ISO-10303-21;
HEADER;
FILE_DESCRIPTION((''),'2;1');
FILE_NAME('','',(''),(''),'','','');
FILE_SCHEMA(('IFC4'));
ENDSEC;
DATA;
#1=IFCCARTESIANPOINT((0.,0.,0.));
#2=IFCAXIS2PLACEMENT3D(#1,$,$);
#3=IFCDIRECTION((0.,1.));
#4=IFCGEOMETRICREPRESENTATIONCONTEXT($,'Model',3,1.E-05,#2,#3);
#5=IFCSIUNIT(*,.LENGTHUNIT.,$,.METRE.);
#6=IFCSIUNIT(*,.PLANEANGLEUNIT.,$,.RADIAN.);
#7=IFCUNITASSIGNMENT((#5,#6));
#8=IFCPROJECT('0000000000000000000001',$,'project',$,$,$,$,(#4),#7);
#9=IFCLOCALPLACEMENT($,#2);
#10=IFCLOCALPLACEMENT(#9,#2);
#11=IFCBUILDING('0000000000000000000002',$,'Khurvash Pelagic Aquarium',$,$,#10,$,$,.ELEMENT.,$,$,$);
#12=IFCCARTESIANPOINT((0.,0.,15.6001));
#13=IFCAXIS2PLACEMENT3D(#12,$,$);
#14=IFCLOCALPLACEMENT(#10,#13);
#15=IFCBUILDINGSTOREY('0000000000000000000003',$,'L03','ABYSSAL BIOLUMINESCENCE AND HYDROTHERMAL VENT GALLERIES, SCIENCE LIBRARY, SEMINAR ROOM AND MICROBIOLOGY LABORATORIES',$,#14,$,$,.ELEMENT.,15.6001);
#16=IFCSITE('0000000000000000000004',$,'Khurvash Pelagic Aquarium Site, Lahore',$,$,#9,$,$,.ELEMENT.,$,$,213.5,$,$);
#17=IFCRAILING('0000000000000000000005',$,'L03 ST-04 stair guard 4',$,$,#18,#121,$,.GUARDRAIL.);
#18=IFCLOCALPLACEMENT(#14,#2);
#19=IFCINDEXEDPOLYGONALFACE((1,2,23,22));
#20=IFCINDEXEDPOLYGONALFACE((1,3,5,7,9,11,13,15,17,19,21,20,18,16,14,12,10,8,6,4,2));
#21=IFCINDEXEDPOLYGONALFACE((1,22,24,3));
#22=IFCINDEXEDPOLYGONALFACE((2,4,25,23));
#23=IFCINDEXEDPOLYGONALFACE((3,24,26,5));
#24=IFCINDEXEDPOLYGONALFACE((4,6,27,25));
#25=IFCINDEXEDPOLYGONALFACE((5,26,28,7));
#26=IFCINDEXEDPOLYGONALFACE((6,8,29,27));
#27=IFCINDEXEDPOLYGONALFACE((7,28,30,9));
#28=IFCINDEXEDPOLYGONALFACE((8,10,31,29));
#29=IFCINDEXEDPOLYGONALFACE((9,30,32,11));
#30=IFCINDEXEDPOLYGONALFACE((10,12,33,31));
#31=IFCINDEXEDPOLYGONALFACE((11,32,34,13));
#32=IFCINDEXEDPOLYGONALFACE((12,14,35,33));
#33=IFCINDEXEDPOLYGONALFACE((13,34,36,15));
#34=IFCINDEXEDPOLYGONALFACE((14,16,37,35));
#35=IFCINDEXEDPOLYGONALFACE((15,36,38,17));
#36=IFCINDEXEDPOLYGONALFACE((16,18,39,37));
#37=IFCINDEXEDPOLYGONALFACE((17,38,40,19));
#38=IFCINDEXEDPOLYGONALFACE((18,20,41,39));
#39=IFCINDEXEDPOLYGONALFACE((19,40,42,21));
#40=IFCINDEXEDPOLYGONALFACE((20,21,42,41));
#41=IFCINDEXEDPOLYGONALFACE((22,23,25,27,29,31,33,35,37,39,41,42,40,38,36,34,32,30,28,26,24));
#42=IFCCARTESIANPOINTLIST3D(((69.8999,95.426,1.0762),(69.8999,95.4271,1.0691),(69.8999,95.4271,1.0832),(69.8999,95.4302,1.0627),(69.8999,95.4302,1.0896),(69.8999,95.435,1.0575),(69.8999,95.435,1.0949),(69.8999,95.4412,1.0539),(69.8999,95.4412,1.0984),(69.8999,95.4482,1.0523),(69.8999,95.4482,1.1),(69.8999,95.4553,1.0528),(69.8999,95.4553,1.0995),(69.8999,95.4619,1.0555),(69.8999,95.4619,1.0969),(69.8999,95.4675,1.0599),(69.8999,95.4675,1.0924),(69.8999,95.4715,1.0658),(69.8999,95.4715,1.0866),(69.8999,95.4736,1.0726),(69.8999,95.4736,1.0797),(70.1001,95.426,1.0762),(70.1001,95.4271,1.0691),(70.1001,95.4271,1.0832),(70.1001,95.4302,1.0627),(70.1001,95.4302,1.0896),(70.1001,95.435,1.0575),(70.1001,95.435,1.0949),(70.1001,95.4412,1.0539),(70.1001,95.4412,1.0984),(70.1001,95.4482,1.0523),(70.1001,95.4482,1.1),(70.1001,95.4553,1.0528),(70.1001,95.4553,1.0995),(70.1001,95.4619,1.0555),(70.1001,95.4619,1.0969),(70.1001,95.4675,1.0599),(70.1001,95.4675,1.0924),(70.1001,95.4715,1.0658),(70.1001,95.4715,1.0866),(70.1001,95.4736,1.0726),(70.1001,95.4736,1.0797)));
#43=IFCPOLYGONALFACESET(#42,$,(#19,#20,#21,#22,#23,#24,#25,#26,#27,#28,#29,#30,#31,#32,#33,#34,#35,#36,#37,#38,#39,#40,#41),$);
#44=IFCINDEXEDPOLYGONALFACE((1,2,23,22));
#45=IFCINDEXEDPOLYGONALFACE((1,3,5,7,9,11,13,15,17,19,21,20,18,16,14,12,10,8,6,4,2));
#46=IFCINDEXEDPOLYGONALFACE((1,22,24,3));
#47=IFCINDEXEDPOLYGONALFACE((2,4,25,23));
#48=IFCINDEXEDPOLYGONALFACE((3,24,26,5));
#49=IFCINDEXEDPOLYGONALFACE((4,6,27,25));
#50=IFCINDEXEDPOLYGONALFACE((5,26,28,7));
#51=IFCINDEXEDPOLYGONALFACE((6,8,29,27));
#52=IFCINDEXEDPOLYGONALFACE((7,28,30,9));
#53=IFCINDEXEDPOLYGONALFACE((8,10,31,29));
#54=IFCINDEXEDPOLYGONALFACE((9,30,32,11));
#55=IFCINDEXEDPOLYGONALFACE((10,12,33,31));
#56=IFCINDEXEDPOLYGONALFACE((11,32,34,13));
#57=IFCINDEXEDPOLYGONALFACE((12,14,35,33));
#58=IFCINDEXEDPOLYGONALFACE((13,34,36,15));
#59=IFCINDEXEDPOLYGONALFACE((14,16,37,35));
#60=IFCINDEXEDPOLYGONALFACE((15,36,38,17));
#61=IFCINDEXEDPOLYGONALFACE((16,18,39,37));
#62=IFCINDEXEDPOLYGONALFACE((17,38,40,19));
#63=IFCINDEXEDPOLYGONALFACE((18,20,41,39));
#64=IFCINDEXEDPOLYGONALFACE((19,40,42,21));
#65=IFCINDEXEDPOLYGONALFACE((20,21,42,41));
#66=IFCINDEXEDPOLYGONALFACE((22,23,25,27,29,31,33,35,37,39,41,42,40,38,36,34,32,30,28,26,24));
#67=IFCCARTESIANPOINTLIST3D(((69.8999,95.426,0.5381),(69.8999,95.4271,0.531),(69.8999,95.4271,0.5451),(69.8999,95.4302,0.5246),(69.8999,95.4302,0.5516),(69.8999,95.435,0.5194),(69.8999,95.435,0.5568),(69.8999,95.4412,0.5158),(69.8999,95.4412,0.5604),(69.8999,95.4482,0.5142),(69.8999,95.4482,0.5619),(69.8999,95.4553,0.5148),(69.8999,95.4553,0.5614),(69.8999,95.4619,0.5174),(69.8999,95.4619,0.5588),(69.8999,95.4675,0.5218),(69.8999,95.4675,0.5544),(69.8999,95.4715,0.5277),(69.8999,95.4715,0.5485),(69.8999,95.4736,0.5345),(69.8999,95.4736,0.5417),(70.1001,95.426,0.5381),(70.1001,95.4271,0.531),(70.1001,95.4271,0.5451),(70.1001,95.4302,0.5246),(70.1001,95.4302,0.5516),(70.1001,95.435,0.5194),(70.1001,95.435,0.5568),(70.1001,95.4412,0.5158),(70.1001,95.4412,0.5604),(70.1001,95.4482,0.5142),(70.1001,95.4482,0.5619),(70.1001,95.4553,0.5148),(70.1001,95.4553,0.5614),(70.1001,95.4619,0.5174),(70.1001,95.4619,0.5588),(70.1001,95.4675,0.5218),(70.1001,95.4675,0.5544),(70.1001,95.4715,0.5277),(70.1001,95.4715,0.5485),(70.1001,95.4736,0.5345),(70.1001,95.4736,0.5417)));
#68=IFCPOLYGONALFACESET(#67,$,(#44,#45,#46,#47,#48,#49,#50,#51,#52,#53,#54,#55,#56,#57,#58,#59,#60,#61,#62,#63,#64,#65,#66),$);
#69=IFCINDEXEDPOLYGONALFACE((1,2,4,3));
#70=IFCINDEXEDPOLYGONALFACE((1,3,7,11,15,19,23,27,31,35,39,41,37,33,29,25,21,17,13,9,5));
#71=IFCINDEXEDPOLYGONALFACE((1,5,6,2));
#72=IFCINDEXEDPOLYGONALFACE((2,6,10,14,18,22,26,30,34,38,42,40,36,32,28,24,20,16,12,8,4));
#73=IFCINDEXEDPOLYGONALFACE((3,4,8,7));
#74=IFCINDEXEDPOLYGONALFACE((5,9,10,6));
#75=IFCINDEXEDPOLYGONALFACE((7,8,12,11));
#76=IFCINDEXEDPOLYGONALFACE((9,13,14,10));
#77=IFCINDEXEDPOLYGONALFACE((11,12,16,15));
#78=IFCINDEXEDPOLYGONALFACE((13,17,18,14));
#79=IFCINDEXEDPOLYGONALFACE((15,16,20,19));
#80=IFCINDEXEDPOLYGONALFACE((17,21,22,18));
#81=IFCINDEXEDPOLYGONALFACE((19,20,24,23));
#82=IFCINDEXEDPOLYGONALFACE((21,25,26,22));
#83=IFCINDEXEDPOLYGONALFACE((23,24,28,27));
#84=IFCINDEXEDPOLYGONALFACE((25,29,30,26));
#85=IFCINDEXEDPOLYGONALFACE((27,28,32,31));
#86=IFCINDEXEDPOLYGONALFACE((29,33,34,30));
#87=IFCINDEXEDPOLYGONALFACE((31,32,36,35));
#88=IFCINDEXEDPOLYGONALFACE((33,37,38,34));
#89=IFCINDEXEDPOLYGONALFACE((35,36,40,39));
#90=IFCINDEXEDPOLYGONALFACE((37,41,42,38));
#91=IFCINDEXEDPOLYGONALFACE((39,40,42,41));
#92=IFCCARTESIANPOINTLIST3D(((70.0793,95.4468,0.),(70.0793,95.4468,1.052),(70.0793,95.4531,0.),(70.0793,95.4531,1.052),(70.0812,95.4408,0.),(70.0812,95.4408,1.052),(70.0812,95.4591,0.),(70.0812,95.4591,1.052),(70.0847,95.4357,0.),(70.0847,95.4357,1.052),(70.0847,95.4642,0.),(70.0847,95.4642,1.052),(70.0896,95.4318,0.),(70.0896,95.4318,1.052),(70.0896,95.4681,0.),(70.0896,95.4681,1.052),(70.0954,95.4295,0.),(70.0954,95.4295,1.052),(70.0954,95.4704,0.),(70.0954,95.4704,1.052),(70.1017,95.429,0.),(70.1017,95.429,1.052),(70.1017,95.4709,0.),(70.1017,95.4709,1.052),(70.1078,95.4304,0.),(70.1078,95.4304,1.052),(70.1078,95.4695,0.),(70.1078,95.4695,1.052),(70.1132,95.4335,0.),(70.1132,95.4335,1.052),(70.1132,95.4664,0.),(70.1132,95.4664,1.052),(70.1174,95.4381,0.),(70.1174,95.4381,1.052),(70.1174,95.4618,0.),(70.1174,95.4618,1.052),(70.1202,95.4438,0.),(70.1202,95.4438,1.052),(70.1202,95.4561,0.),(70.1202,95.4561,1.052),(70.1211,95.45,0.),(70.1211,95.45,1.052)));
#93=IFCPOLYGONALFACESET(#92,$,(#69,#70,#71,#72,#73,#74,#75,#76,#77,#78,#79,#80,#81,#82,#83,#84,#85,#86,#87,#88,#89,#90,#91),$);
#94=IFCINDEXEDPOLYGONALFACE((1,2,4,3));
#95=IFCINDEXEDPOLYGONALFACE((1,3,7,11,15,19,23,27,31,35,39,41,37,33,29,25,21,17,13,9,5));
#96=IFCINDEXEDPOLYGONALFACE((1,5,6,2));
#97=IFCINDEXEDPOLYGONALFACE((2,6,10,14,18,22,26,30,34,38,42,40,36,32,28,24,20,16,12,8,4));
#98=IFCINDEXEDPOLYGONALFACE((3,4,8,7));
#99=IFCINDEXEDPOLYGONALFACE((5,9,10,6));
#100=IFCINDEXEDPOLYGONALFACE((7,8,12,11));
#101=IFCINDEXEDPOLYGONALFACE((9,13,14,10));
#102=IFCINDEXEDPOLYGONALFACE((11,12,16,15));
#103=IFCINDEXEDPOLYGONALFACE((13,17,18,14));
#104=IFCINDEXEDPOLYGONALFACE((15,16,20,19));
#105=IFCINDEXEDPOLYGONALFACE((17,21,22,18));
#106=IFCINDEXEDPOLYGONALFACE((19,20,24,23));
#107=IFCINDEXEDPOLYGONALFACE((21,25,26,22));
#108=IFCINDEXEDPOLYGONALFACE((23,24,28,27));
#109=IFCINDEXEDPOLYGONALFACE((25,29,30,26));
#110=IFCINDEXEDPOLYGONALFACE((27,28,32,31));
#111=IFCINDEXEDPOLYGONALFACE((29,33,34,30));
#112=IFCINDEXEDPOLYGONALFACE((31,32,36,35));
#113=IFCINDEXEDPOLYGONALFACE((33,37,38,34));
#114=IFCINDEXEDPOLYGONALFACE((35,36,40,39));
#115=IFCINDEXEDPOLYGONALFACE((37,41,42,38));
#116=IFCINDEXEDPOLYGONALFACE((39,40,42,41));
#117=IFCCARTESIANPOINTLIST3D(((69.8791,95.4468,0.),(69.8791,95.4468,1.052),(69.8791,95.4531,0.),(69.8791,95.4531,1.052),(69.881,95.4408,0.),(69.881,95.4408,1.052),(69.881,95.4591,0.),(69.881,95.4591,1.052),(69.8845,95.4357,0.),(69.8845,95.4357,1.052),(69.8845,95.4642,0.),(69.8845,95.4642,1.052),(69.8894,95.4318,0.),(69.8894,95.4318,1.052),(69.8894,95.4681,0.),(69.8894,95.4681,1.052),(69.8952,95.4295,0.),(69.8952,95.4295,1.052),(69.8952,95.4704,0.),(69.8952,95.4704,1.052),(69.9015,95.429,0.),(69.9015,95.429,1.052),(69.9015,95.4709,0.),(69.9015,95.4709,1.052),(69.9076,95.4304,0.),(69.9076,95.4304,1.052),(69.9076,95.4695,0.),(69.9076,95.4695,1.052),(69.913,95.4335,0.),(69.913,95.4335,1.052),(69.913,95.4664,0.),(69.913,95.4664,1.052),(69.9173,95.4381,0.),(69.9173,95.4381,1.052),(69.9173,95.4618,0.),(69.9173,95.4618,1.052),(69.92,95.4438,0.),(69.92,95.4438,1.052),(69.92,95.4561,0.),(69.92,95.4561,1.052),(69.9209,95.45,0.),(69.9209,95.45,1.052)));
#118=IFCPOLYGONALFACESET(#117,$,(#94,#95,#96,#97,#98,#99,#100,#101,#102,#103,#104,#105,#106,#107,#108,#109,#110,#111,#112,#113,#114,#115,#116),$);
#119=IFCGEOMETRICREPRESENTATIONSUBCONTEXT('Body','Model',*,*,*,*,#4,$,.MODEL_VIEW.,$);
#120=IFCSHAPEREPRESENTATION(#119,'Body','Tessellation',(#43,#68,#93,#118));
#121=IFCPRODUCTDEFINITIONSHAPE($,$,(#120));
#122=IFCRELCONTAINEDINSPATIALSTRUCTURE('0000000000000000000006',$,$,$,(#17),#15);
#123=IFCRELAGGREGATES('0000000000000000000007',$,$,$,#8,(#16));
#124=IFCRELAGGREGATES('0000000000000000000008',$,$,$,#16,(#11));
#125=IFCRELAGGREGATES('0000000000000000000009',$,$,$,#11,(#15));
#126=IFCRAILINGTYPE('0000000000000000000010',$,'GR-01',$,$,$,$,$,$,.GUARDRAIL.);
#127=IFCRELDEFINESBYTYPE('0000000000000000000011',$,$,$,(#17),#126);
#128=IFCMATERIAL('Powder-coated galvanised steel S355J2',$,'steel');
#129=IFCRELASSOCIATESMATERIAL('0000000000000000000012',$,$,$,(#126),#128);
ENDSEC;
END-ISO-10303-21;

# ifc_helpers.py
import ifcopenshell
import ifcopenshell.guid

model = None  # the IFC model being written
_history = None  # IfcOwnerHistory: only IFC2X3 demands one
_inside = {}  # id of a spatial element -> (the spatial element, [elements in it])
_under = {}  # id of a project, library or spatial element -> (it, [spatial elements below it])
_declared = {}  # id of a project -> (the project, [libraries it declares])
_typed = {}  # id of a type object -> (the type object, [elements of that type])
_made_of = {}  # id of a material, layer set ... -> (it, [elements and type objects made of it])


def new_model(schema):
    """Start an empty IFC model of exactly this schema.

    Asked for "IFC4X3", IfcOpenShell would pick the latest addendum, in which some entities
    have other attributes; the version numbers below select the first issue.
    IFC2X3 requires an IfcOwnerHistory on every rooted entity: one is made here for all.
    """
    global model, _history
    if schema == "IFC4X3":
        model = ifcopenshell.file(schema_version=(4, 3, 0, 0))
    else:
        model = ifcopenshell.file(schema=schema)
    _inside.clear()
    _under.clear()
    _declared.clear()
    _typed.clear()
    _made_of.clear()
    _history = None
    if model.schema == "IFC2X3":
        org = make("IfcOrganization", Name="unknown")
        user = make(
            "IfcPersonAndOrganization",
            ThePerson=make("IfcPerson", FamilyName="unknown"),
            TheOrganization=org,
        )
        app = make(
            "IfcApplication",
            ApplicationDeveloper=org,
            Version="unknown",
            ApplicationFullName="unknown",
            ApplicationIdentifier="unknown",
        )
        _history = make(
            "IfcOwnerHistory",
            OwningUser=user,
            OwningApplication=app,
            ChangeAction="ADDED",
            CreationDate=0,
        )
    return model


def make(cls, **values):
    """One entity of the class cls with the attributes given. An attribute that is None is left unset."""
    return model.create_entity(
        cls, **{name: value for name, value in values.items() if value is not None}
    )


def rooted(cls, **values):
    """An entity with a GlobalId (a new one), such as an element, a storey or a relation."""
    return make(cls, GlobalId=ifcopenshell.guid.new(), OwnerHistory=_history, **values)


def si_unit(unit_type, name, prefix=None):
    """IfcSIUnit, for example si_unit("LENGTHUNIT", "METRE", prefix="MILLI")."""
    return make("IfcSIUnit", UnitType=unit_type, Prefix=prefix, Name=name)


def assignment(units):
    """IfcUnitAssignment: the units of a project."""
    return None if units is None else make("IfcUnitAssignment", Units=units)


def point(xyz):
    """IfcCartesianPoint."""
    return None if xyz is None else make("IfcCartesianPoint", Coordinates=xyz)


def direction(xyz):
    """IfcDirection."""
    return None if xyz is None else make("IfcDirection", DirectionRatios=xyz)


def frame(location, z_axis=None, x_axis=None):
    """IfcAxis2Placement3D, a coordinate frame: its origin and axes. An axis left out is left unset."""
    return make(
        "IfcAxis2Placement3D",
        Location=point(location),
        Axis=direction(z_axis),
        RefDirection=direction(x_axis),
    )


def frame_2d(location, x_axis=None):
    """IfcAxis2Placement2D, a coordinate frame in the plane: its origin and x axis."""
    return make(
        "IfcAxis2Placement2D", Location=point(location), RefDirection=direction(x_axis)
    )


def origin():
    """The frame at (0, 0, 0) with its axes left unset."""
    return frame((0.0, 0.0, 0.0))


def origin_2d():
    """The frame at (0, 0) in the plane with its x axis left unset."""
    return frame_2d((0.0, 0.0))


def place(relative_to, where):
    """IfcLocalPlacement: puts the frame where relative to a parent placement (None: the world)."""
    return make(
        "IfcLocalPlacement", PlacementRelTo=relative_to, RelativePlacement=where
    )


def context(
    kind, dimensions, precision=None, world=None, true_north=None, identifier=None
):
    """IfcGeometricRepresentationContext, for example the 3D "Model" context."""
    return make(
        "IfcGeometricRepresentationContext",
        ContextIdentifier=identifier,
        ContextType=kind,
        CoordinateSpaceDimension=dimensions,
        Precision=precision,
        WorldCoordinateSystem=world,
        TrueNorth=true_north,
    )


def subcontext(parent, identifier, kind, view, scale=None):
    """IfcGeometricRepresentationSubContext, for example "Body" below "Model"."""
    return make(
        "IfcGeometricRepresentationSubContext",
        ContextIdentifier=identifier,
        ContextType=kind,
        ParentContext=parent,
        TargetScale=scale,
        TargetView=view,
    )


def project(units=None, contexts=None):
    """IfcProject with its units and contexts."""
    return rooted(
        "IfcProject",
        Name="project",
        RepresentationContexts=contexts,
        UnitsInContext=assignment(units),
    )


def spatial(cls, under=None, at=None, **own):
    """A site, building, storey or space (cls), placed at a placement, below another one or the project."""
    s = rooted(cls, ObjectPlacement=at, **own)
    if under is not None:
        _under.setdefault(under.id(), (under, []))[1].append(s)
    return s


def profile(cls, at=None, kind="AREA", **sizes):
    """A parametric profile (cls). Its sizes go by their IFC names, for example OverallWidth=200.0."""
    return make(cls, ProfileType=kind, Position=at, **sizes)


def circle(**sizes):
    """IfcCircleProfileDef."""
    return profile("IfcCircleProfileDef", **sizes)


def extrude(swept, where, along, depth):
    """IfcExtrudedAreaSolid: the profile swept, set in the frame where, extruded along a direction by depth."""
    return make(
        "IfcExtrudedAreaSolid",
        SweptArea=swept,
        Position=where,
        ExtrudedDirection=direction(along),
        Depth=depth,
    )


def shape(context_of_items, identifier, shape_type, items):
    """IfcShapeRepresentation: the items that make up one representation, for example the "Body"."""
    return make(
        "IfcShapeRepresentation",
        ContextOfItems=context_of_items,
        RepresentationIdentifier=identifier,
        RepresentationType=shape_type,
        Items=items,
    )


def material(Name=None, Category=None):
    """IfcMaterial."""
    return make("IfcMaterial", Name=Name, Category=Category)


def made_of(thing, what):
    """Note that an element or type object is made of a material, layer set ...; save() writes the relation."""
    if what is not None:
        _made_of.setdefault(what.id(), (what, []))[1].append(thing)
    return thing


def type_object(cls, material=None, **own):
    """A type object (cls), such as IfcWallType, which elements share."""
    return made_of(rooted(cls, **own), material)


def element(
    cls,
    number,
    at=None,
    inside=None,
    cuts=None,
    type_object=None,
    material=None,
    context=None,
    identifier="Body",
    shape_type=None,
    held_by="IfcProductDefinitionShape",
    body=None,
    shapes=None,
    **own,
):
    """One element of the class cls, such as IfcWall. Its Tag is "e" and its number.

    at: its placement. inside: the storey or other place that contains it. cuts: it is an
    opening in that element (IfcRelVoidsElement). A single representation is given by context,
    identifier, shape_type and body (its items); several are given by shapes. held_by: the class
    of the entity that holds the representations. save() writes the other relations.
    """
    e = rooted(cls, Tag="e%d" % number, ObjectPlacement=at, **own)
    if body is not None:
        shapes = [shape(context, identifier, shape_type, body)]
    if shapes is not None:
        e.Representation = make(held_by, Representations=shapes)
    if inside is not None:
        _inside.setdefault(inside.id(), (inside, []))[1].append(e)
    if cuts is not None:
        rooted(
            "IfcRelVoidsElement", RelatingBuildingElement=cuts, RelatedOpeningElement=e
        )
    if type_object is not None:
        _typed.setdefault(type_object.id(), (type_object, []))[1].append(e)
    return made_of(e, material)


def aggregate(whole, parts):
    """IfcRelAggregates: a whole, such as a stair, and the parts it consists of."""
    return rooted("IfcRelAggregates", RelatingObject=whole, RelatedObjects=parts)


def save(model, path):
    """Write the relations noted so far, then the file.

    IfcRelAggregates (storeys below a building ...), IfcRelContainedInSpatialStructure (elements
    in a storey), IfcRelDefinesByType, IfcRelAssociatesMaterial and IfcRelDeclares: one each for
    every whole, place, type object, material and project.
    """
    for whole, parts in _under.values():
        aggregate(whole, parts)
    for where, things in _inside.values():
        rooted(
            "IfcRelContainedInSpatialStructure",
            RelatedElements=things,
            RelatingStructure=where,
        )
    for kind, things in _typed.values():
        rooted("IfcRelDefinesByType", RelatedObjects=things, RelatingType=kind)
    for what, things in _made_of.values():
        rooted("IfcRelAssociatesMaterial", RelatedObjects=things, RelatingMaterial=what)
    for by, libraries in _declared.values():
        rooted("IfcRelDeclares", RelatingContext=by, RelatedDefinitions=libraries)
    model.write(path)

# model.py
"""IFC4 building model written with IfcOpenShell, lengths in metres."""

from ifc_helpers import new_model, si_unit, direction, frame, origin, origin_2d, place, context, subcontext, project, spatial, circle, extrude, material, type_object, element, save


model = new_model("IFC4")

# Units and contexts
model_context = context("Model", 3, precision=1e-05, world=origin(), true_north=direction((0.0, 1.0)))
body_context = subcontext(model_context, "Body", "Model", "MODEL_VIEW")
ifc_project = project(units=[si_unit("LENGTHUNIT", "METRE"), si_unit("PLANEANGLEUNIT", "RADIAN")], contexts=[model_context])

# Site, building, storey
site_placement = place(None, origin())
site = spatial("IfcSite", under=ifc_project, at=site_placement, Name="Khurvash Pelagic Aquarium Site, Lahore", CompositionType="ELEMENT", RefElevation=213.5)
building_placement = place(site_placement, origin())
building = spatial("IfcBuilding", under=site, at=building_placement, Name="Khurvash Pelagic Aquarium", CompositionType="ELEMENT")
storey_placement = place(building_placement, frame((0.0, 0.0, 15.6001)))
storey = spatial("IfcBuildingStorey", under=building, at=storey_placement, Name="L03", Description="ABYSSAL BIOLUMINESCENCE AND HYDROTHERMAL VENT GALLERIES, SCIENCE LIBRARY, SEMINAR ROOM AND MICROBIOLOGY LABORATORIES", CompositionType="ELEMENT", Elevation=15.6001)

# Railing
ifc_material_1 = material(Name="Powder-coated galvanised steel S355J2", Category="steel")
railing_type_1 = type_object("IfcRailingType", Name="GR-01", PredefinedType="GUARDRAIL", material=ifc_material_1)
railing_1_placement = place(storey_placement, frame((70.1001, 95.45, 0.0)))
element("IfcRailing", 1, at=railing_1_placement, inside=storey, type_object=railing_type_1, Name="L03 ST-04 stair guard 4", PredefinedType="GUARDRAIL", context=body_context, shape_type="SweptSolid", body=[
    extrude(circle(Radius=0.0239, at=origin_2d()), frame((0.0, 0.0, 1.0762), z_axis=(-1.0, 0.0, 0.0), x_axis=(0.0, -1.0, 0.0)), (0.0, 0.0, 1.0), 0.2002),
    extrude(circle(Radius=0.0239, at=origin_2d()), frame((0.0, 0.0, 0.5381), z_axis=(-1.0, 0.0, 0.0), x_axis=(0.0, -1.0, 0.0)), (0.0, 0.0, 1.0), 0.2002),
    extrude(circle(Radius=0.021, at=origin_2d()), origin(), (0.0, 0.0, 1.0), 1.052),
    extrude(circle(Radius=0.021, at=origin_2d()), frame((-0.2002, 0.0, 0.0)), (0.0, 0.0, 1.0), 1.052),
])

save(model, "model.ifc")
